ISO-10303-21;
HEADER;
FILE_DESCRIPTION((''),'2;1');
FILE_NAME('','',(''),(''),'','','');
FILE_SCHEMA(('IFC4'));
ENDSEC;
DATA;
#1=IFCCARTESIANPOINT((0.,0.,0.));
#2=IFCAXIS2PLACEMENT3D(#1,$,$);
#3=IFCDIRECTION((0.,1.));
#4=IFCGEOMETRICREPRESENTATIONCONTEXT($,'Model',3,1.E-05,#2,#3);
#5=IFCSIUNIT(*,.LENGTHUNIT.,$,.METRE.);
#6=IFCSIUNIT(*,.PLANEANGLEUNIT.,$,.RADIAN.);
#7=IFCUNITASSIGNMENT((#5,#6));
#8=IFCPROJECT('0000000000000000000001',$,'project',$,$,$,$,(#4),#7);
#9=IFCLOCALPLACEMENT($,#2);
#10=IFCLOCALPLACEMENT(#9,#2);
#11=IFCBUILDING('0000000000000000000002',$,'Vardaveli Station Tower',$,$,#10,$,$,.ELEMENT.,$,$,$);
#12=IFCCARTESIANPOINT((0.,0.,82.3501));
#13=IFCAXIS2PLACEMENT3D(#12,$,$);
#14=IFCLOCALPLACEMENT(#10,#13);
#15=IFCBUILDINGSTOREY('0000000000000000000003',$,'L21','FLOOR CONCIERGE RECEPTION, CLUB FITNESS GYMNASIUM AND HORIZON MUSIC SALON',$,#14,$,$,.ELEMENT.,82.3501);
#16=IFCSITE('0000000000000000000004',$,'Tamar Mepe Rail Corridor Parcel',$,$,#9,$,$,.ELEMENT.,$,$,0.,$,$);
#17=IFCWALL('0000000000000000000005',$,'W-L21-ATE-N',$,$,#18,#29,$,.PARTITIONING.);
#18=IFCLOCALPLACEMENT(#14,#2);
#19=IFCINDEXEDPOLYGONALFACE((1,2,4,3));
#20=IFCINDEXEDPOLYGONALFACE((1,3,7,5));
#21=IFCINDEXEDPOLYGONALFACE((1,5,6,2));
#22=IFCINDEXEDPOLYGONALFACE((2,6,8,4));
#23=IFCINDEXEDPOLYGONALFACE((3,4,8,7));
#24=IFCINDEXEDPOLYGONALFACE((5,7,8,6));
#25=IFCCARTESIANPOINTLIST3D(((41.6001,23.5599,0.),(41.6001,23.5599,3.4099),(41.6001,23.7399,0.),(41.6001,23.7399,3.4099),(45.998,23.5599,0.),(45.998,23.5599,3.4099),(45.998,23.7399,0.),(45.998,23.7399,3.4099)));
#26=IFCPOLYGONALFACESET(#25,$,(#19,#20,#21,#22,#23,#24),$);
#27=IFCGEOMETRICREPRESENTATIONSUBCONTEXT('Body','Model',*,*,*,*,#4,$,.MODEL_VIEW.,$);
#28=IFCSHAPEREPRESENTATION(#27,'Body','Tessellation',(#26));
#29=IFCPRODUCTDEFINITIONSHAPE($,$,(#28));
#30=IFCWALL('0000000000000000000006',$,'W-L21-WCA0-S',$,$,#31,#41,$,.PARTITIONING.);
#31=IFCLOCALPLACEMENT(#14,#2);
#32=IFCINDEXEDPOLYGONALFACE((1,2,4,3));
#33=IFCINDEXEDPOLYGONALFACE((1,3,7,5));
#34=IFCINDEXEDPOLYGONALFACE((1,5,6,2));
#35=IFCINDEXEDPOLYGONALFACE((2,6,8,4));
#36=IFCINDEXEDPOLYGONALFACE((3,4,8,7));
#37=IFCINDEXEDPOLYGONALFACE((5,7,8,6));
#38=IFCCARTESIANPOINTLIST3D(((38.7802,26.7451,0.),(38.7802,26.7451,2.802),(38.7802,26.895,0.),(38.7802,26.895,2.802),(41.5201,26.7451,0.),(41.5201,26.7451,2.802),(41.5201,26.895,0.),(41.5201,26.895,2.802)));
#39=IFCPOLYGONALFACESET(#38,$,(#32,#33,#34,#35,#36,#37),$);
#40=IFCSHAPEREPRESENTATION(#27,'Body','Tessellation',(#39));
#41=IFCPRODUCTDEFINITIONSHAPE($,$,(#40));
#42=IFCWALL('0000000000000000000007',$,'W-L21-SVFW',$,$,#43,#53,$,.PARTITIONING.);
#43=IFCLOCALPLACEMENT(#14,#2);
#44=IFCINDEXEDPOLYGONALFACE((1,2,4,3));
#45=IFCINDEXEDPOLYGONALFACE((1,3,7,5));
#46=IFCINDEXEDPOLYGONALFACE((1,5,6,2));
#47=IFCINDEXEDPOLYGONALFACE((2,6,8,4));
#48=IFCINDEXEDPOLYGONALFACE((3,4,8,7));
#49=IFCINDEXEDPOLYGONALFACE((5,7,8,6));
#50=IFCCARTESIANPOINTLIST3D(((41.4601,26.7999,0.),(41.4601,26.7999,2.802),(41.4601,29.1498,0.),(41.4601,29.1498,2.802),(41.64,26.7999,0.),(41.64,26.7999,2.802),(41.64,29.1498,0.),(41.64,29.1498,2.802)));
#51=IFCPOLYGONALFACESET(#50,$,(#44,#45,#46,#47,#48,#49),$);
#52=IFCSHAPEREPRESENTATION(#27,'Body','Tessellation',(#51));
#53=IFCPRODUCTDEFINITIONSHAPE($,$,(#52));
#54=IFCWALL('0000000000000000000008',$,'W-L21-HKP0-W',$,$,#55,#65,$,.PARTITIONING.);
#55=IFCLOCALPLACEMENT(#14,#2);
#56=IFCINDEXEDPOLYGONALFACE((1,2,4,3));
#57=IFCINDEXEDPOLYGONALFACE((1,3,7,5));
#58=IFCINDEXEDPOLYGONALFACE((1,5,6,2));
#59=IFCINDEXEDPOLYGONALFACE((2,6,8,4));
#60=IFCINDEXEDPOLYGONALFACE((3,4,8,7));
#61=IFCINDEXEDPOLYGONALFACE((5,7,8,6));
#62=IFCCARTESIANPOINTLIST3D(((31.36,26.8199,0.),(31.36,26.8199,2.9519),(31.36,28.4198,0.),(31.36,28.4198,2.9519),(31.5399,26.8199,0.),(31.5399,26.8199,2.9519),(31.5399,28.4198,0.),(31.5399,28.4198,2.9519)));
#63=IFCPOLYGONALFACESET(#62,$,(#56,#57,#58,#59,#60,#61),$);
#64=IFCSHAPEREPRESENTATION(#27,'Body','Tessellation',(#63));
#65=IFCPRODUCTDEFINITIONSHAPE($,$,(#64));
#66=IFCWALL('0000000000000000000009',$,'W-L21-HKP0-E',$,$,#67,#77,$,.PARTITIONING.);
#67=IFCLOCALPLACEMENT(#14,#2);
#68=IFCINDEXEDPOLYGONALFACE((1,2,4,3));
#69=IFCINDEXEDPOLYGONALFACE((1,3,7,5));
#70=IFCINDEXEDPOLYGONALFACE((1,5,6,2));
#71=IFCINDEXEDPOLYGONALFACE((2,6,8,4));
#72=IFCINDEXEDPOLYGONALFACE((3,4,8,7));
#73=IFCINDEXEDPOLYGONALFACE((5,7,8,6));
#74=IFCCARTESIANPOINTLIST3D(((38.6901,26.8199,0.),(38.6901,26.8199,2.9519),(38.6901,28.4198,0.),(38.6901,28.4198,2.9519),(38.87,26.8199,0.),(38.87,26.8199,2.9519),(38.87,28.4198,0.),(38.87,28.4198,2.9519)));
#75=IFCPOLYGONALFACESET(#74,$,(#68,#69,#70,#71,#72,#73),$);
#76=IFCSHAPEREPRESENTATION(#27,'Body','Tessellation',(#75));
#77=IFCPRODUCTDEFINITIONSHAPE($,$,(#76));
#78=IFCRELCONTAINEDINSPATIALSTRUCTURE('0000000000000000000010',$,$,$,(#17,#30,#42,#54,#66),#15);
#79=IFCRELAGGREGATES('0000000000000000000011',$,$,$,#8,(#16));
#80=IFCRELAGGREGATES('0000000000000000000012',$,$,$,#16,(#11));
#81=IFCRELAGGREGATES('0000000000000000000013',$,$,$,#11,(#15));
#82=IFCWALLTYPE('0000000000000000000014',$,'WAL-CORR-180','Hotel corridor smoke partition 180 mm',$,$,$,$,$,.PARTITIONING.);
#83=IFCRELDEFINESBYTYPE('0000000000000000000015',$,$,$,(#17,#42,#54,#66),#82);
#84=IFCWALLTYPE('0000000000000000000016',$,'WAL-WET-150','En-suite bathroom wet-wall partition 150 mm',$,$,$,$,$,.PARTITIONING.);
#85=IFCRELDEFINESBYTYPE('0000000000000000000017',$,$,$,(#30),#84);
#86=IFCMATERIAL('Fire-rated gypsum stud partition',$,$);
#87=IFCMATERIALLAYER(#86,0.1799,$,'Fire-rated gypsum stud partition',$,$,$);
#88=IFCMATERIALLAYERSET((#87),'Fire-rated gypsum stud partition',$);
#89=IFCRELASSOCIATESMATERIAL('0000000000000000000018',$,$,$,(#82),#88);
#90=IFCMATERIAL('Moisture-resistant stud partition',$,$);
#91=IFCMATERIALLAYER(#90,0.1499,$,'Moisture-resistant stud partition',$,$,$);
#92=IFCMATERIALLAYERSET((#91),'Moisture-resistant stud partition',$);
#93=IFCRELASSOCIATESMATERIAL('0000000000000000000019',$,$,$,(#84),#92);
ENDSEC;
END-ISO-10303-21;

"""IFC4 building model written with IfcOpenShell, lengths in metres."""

from ifc_helpers import new_model, si_unit, direction, frame, frame_2d, origin, place, context, subcontext, project, spatial, rectangle, extrude, source, transform, mapped, material, layer, layer_set, type_object, element, save


model = new_model("IFC4")

# Units and contexts
model_context = context("Model", 3, precision=1e-05, world=origin(), true_north=direction((0.0, 1.0)))
body_context = subcontext(model_context, "Body", "Model", "MODEL_VIEW")
ifc_project = project(units=[si_unit("LENGTHUNIT", "METRE"), si_unit("PLANEANGLEUNIT", "RADIAN")], contexts=[model_context])

# Site, building, storey
site_placement = place(None, origin())
site = spatial("IfcSite", under=ifc_project, at=site_placement, Name="Tamar Mepe Rail Corridor Parcel", CompositionType="ELEMENT", RefElevation=0.0)
building_placement = place(site_placement, origin())
building = spatial("IfcBuilding", under=site, at=building_placement, Name="Vardaveli Station Tower", CompositionType="ELEMENT")
storey_placement = place(building_placement, frame((0.0, 0.0, 82.3501)))
storey = spatial("IfcBuildingStorey", under=building, at=storey_placement, Name="L21", Description="FLOOR CONCIERGE RECEPTION, CLUB FITNESS GYMNASIUM AND HORIZON MUSIC SALON", CompositionType="ELEMENT", Elevation=82.3501)

# Walls
ifc_material_1 = material(Name="Fire-rated gypsum stud partition")
ifc_layer_1 = layer(ifc_material_1, 0.1799, Name="Fire-rated gypsum stud partition")
ifc_layer_set_1 = layer_set([ifc_layer_1], Name="Fire-rated gypsum stud partition")
wall_type_1 = type_object("IfcWallType", Name="WAL-CORR-180", Description="Hotel corridor smoke partition 180 mm", PredefinedType="PARTITIONING", material=ifc_layer_set_1)
shared_shape_1 = source(origin(), body_context, "Body", "SweptSolid", [
    extrude(rectangle(XDim=4.3979, YDim=0.1799, at=frame_2d((2.199, 0.0))), origin(), (0.0, 0.0, 1.0), 3.4099),
])
wall_1_placement = place(storey_placement, frame((41.6001, 23.6499, 0.0), z_axis=(0.0, 0.0, 1.0), x_axis=(1.0, 0.0, 0.0)))
element("IfcWall", 1, at=wall_1_placement, inside=storey, type_object=wall_type_1, Name="W-L21-ATE-N", PredefinedType="PARTITIONING", context=body_context, shape_type="MappedRepresentation", body=[
    mapped(shared_shape_1, transform((0.0, 0.0, 0.0), scale=1.0)),
])
ifc_material_2 = material(Name="Moisture-resistant stud partition")
ifc_layer_2 = layer(ifc_material_2, 0.1499, Name="Moisture-resistant stud partition")
ifc_layer_set_2 = layer_set([ifc_layer_2], Name="Moisture-resistant stud partition")
wall_type_2 = type_object("IfcWallType", Name="WAL-WET-150", Description="En-suite bathroom wet-wall partition 150 mm", PredefinedType="PARTITIONING", material=ifc_layer_set_2)
shared_shape_2 = source(origin(), body_context, "Body", "SweptSolid", [
    extrude(rectangle(XDim=2.74, YDim=0.1499, at=frame_2d((1.3701, 0.0))), origin(), (0.0, 0.0, 1.0), 2.802),
])
wall_2_placement = place(storey_placement, frame((38.78, 26.8201, 0.0), z_axis=(0.0, 0.0, 1.0), x_axis=(1.0, 0.0, 0.0)))
element("IfcWall", 2, at=wall_2_placement, inside=storey, type_object=wall_type_2, Name="W-L21-WCA0-S", PredefinedType="PARTITIONING", context=body_context, shape_type="MappedRepresentation", body=[
    mapped(shared_shape_2, transform((0.0, 0.0, 0.0), scale=1.0)),
])
shared_shape_3 = source(origin(), body_context, "Body", "SweptSolid", [
    extrude(rectangle(XDim=2.3499, YDim=0.1799, at=frame_2d((1.1748, 0.0))), origin(), (0.0, 0.0, 1.0), 2.802),
])
wall_3_placement = place(storey_placement, frame((41.55, 26.8, 0.0), z_axis=(0.0, 0.0, 1.0), x_axis=(0.0, 1.0, 0.0)))
element("IfcWall", 3, at=wall_3_placement, inside=storey, type_object=wall_type_1, Name="W-L21-SVFW", PredefinedType="PARTITIONING", context=body_context, shape_type="MappedRepresentation", body=[
    mapped(shared_shape_3, transform((0.0, 0.0, 0.0), scale=1.0)),
])
shared_shape_4 = source(origin(), body_context, "Body", "SweptSolid", [
    extrude(rectangle(XDim=1.5999, YDim=0.1799, at=frame_2d((0.7998, 0.0))), origin(), (0.0, 0.0, 1.0), 2.9519),
])
for number, where, z_axis, x_axis, name in (
    (4, (31.45, 26.8201, 0.0), (0.0, 0.0, 1.0), (0.0, 1.0, 0.0), "W-L21-HKP0-W"),
    (5, (38.78, 26.8201, 0.0), (0.0, 0.0, 1.0), (0.0, 1.0, 0.0), "W-L21-HKP0-E"),
):
    element("IfcWall", number, at=place(storey_placement, frame(where, z_axis=z_axis, x_axis=x_axis)), inside=storey, type_object=wall_type_1, Name=name, PredefinedType="PARTITIONING", context=body_context, shape_type="MappedRepresentation", body=[
        mapped(shared_shape_4, transform((0.0, 0.0, 0.0), scale=1.0)),
    ])

save(model, "model.ifc")
